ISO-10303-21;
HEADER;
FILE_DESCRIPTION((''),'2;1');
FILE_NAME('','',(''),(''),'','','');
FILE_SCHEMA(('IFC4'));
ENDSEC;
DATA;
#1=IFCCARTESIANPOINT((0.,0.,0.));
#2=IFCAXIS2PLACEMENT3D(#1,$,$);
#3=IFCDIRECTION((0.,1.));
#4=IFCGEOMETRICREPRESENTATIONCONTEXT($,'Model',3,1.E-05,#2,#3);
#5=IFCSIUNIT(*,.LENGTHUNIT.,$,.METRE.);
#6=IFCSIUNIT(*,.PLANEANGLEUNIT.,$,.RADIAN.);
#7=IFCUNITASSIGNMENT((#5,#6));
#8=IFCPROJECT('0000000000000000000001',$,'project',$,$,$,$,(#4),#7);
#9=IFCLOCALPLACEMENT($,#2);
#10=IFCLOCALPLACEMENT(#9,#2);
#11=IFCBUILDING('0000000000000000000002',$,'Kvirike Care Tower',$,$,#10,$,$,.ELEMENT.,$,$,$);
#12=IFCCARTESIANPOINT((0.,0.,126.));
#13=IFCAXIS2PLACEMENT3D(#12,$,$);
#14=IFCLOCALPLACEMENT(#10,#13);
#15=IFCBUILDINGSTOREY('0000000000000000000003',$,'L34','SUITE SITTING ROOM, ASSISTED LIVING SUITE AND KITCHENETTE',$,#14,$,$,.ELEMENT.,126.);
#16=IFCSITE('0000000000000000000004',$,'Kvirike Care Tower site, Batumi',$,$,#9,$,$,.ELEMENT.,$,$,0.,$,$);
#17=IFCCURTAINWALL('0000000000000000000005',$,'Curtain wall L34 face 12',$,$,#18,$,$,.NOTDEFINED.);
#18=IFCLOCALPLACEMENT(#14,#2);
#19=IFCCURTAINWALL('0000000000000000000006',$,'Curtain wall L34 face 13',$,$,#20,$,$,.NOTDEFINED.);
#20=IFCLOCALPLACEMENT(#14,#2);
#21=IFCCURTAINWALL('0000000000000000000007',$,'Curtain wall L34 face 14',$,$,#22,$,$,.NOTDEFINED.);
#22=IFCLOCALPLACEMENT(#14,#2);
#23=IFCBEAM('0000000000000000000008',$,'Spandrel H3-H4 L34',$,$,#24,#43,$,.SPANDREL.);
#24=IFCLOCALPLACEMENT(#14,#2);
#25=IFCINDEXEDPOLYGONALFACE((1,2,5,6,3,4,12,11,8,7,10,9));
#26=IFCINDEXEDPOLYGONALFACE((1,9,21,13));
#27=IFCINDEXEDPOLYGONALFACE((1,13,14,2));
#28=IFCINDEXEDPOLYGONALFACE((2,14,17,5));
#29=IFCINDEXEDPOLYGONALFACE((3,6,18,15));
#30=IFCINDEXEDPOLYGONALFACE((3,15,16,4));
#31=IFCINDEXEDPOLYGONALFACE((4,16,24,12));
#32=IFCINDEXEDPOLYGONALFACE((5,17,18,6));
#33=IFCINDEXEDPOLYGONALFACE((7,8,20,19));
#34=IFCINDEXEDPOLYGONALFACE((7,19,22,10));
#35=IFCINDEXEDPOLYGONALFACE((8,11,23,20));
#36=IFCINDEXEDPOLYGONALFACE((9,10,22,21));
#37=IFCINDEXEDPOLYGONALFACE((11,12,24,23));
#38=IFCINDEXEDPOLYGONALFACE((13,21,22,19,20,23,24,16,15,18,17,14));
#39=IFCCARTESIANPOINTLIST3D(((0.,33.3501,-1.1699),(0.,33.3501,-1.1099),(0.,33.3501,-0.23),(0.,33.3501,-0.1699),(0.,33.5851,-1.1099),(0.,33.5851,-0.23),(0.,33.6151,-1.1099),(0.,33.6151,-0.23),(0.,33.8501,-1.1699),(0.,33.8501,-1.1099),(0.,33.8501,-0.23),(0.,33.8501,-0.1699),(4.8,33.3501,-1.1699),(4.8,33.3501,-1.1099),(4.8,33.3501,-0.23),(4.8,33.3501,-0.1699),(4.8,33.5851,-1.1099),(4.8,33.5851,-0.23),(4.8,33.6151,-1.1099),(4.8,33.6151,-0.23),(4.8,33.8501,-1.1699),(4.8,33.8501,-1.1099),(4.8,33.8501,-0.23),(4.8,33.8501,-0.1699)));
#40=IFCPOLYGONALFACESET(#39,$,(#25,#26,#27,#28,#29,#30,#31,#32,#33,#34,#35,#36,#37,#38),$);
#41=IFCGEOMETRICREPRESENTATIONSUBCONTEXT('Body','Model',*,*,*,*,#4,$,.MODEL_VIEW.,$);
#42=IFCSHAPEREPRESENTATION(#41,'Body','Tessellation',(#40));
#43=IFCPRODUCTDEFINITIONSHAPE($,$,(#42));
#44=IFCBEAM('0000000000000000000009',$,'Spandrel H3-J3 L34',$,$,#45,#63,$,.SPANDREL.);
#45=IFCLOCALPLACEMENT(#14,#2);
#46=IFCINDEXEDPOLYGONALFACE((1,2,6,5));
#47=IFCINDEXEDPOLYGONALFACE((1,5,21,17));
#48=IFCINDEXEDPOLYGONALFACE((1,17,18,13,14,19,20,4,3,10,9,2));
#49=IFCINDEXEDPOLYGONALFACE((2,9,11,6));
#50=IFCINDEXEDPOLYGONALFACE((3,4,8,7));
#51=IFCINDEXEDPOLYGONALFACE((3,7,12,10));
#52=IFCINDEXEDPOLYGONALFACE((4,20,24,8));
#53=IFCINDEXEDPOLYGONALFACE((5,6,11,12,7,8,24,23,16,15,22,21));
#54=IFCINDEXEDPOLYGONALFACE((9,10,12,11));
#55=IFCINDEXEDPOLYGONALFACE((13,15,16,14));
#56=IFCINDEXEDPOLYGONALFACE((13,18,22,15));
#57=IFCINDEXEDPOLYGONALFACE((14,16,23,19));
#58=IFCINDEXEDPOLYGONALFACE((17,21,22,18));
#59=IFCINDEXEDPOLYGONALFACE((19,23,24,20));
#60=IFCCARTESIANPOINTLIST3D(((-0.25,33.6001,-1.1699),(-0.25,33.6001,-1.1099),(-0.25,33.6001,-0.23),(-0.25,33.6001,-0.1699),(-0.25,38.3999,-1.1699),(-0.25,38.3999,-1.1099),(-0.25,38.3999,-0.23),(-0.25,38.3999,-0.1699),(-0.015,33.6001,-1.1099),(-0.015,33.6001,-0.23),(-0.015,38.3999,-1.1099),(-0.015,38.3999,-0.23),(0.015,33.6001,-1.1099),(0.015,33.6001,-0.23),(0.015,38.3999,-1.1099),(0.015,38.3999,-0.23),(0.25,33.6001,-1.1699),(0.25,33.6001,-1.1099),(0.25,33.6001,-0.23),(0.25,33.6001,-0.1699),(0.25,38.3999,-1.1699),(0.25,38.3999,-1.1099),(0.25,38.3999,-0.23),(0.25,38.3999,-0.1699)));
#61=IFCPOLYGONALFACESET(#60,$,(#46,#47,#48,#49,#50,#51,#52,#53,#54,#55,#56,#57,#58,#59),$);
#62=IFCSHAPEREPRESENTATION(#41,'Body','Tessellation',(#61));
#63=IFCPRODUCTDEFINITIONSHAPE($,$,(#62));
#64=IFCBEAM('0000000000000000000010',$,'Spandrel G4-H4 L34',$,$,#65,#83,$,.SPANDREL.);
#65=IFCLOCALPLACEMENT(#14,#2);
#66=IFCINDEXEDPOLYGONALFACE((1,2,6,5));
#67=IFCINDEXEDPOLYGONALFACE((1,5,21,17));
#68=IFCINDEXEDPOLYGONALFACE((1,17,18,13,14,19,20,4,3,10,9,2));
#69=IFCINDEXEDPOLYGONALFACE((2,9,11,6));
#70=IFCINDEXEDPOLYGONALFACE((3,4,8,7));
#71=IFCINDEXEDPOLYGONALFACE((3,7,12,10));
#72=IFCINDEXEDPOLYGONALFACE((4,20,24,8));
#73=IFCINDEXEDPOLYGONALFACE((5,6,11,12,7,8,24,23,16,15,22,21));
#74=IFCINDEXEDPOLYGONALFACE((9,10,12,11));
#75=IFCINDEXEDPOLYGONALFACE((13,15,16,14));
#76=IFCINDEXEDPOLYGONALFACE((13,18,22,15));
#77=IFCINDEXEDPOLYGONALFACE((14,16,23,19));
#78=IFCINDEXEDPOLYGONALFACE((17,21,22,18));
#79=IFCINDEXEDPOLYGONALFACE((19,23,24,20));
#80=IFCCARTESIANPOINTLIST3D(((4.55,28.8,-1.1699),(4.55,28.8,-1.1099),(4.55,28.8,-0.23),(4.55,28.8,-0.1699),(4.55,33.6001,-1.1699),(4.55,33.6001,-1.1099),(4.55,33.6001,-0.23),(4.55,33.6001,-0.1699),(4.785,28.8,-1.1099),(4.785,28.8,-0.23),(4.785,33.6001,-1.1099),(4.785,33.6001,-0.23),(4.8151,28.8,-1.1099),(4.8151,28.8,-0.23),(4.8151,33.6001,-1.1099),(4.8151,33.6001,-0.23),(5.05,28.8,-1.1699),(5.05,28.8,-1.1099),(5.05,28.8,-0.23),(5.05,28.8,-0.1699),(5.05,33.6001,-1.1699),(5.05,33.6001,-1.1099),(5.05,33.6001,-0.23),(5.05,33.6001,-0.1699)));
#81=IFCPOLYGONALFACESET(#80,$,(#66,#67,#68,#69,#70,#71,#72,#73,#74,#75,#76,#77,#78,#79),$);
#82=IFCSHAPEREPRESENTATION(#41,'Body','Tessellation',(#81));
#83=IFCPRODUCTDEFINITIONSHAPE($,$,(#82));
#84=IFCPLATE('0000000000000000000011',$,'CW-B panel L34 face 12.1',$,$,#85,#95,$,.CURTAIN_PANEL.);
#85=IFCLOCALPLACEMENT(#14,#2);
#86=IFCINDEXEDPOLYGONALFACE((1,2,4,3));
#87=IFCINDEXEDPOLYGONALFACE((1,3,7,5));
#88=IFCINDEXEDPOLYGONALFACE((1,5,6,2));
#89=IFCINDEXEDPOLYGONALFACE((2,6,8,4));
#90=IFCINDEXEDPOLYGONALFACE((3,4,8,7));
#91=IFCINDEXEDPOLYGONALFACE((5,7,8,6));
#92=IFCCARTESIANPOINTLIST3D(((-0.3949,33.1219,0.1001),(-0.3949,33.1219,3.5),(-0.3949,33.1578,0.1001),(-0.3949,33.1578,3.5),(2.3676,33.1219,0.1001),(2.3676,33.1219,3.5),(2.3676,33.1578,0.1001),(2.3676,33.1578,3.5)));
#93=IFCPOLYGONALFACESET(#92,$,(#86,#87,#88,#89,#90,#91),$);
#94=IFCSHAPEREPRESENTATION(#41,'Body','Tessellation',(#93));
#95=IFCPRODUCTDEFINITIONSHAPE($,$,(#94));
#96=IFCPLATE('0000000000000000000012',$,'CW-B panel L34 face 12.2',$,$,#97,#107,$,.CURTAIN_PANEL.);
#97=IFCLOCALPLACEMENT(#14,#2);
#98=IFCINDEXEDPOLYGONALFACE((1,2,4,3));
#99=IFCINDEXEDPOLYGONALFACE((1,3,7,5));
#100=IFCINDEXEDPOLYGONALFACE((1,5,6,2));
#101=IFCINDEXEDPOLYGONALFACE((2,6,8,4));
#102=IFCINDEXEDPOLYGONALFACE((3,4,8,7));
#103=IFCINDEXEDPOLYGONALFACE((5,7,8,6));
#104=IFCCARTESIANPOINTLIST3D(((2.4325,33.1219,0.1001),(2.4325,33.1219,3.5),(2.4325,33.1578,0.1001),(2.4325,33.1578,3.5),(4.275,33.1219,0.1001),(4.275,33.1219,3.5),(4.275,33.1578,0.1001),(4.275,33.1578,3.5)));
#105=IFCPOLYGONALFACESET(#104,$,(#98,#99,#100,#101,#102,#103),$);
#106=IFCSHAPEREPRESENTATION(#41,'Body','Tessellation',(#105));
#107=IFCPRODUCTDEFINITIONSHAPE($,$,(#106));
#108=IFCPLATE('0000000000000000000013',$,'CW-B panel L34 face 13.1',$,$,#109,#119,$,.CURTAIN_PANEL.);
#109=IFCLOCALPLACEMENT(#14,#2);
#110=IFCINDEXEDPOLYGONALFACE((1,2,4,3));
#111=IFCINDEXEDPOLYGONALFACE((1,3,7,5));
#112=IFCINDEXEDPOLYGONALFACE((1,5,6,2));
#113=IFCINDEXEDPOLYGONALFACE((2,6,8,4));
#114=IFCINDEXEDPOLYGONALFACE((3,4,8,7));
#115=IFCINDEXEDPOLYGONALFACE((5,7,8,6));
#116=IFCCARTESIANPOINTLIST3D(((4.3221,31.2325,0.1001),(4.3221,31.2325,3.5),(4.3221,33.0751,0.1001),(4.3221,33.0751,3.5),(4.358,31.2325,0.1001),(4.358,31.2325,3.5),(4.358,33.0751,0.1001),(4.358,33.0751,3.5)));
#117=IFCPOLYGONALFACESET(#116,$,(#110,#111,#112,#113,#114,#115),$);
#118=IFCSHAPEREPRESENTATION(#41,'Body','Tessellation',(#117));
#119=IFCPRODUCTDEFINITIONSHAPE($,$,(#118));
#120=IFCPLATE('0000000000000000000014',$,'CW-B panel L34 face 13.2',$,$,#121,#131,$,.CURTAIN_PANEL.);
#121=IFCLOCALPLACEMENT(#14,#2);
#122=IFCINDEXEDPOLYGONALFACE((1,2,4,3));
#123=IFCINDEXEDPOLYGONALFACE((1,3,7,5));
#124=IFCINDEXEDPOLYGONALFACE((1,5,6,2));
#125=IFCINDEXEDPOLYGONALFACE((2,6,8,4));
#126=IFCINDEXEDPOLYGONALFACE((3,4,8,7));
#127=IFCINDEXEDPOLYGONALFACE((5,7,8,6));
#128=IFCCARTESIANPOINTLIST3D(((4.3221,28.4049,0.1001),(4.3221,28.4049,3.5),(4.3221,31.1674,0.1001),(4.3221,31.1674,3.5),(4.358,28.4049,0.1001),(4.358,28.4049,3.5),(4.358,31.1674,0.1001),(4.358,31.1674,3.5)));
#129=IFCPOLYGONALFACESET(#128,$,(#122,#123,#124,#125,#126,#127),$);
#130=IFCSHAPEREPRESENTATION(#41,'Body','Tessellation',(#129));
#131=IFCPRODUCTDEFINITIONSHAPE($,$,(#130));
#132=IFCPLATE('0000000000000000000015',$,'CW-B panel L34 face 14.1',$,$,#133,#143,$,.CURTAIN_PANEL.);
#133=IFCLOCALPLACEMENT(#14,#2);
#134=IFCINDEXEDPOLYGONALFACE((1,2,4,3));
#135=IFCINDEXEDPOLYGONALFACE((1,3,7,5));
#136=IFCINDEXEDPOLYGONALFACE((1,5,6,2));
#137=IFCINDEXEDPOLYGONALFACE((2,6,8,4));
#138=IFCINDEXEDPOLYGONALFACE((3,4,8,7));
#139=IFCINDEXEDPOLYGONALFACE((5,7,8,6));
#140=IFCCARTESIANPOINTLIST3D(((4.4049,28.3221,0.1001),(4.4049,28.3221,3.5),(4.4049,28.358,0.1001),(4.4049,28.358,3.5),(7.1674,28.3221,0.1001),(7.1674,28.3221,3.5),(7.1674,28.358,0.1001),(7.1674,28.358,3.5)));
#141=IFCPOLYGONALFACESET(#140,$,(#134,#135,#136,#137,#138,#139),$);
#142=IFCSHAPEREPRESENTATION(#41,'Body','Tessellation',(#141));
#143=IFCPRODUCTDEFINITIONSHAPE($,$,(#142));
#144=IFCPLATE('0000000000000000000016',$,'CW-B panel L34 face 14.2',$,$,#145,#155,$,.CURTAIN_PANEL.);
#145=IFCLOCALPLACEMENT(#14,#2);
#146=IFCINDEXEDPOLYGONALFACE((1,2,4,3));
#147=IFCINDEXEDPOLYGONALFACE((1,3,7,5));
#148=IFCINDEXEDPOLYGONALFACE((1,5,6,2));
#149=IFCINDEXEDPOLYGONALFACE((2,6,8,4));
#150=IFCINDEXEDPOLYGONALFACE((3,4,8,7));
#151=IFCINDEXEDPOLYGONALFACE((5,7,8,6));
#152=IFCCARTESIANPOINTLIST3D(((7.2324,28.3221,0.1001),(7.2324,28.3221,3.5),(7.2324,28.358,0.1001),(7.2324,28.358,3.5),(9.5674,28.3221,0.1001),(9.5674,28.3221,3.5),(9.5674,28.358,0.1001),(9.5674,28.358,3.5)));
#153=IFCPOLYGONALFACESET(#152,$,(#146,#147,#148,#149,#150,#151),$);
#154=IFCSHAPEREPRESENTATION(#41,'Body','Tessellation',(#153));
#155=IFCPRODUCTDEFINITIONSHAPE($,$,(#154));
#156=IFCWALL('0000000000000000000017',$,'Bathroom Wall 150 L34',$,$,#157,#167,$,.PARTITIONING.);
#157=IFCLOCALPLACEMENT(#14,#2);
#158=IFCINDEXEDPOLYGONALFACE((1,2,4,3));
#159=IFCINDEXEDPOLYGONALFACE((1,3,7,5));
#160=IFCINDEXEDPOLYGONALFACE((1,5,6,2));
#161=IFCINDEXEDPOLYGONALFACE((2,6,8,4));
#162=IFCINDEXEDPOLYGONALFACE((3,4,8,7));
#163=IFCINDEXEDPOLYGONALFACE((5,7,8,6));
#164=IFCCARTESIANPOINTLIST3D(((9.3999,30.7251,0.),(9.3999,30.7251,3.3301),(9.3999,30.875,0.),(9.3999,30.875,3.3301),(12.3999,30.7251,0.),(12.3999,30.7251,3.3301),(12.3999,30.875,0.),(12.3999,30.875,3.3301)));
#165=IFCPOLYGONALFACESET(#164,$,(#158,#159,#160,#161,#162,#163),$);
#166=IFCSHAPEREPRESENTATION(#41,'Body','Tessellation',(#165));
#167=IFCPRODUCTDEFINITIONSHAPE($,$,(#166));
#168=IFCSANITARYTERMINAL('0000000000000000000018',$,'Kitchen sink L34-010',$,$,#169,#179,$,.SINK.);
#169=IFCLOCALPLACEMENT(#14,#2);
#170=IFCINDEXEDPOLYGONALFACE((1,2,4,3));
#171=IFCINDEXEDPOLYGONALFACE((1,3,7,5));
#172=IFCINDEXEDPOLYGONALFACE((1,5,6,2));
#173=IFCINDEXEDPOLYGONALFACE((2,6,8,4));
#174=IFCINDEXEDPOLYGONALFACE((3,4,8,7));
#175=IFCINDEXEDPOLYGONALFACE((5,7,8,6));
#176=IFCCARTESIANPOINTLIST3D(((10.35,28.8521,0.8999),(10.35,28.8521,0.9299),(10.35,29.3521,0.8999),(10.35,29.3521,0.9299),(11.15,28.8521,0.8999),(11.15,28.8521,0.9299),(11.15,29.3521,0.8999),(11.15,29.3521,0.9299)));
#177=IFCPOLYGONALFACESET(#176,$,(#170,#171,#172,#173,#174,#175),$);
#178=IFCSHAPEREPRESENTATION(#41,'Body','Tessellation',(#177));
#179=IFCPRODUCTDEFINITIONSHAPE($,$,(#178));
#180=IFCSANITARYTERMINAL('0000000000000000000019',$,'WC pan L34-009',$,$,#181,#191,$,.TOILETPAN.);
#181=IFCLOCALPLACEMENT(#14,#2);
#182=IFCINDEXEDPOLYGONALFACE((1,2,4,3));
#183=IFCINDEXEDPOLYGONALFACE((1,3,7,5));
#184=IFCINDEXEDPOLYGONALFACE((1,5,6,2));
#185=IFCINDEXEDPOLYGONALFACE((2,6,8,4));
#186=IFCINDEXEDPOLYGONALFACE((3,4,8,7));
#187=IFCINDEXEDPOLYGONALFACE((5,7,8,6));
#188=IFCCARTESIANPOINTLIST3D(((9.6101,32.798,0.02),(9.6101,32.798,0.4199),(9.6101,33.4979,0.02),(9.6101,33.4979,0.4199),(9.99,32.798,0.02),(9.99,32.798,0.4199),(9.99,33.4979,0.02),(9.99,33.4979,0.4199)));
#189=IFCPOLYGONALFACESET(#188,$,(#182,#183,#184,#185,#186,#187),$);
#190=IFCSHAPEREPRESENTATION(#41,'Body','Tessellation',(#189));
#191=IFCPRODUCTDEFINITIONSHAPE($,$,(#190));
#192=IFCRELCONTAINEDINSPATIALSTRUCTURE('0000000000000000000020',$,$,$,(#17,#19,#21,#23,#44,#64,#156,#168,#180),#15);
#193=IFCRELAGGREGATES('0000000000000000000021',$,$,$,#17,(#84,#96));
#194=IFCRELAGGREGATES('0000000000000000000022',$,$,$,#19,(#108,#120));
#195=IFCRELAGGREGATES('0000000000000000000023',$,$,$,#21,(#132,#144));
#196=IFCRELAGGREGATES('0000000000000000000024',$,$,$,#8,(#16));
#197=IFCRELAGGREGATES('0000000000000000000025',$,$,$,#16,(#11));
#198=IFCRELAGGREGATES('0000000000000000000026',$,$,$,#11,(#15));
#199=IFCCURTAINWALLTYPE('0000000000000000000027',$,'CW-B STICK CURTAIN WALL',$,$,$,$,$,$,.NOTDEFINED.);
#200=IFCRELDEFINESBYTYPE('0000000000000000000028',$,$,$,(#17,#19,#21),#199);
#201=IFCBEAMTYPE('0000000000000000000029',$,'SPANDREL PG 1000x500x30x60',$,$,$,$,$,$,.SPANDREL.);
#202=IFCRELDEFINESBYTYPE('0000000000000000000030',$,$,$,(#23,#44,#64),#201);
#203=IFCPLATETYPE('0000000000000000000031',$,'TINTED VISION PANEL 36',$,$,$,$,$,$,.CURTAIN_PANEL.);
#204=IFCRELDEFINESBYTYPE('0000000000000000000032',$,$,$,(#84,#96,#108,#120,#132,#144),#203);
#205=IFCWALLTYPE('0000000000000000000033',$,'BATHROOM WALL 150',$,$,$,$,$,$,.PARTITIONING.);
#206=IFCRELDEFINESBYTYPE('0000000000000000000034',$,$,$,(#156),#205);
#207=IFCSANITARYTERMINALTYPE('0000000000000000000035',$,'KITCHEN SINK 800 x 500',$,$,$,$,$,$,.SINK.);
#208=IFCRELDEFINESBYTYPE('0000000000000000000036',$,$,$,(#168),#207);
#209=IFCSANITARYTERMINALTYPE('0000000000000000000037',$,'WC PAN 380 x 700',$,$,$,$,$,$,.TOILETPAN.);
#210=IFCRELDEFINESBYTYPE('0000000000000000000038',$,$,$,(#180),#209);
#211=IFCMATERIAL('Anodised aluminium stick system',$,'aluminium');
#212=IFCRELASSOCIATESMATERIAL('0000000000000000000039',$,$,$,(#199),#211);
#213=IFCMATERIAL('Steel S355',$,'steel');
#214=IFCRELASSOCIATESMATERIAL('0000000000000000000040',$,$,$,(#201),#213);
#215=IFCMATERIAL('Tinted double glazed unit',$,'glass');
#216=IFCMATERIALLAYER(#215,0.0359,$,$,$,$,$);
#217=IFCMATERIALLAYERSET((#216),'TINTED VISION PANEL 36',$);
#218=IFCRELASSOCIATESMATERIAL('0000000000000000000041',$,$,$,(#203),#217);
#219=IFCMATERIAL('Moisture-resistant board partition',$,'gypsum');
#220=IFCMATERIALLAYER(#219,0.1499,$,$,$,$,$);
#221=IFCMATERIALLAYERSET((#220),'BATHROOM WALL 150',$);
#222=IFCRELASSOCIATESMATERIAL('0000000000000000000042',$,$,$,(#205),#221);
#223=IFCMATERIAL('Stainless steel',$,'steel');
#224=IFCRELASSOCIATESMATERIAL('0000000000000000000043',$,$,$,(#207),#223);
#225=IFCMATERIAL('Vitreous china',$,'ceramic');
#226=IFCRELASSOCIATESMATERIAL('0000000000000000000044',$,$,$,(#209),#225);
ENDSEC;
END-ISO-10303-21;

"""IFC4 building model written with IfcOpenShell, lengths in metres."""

from ifc_helpers import new_model, si_unit, direction, frame, frame_2d, origin, origin_2d, place, context, subcontext, project, spatial, rectangle, i_section, extrude, material, layer, layer_set, material_profile, profile_set, type_object, element, aggregate, save


model = new_model("IFC4")

# Units and contexts
model_context = context("Model", 3, precision=1e-05, world=origin(), true_north=direction((0.0, 1.0)))
body_context = subcontext(model_context, "Body", "Model", "MODEL_VIEW")
ifc_project = project(units=[si_unit("LENGTHUNIT", "METRE"), si_unit("PLANEANGLEUNIT", "RADIAN")], contexts=[model_context])

# Site, building, storey
site_placement = place(None, origin())
site = spatial("IfcSite", under=ifc_project, at=site_placement, Name="Kvirike Care Tower site, Batumi", CompositionType="ELEMENT", RefElevation=0.0)
building_placement = place(site_placement, origin())
building = spatial("IfcBuilding", under=site, at=building_placement, Name="Kvirike Care Tower", CompositionType="ELEMENT")
storey_placement = place(building_placement, frame((0.0, 0.0, 126.0)))
storey = spatial("IfcBuildingStorey", under=building, at=storey_placement, Name="L34", Description="SUITE SITTING ROOM, ASSISTED LIVING SUITE AND KITCHENETTE", CompositionType="ELEMENT", Elevation=126.0)

# Shared definitions
ifc_material_1 = material(Name="Anodised aluminium stick system", Category="aluminium")
curtain_wall_type = type_object("IfcCurtainWallType", Name="CW-B STICK CURTAIN WALL", PredefinedType="NOTDEFINED", material=ifc_material_1)

# Curtain walls
curtain_wall_1_placement = place(storey_placement, origin())
curtain_wall_1 = element("IfcCurtainWall", 1, at=curtain_wall_1_placement, inside=storey, type_object=curtain_wall_type, Name="Curtain wall L34 face 12", PredefinedType="NOTDEFINED")
curtain_wall_2_placement = place(storey_placement, origin())
curtain_wall_2 = element("IfcCurtainWall", 2, at=curtain_wall_2_placement, inside=storey, type_object=curtain_wall_type, Name="Curtain wall L34 face 13", PredefinedType="NOTDEFINED")
curtain_wall_3_placement = place(storey_placement, origin())
curtain_wall_3 = element("IfcCurtainWall", 3, at=curtain_wall_3_placement, inside=storey, type_object=curtain_wall_type, Name="Curtain wall L34 face 14", PredefinedType="NOTDEFINED")

# Beams
ifc_material_2 = material(Name="Steel S355", Category="steel")
ifc_material_profile_1 = material_profile(ifc_material_2, i_section(OverallWidth=0.5, OverallDepth=1.0, WebThickness=0.03, FlangeThickness=0.0601, at=origin_2d()), Name="PG 1000x500x30x60")
ifc_profile_set_1 = profile_set([ifc_material_profile_1], Name="Steel S355")
beam_type_1 = type_object("IfcBeamType", Name="SPANDREL PG 1000x500x30x60", PredefinedType="SPANDREL", material=ifc_profile_set_1)
beam_1_placement = place(storey_placement, frame((0.0, 33.6001, -0.6699), z_axis=(1.0, 0.0, 0.0), x_axis=(0.0, 1.0, 0.0)))
element("IfcBeam", 4, at=beam_1_placement, inside=storey, type_object=beam_type_1, Name="Spandrel H3-H4 L34", PredefinedType="SPANDREL", context=body_context, shape_type="SweptSolid", body=[
    extrude(i_section(OverallWidth=0.5, OverallDepth=1.0, WebThickness=0.03, FlangeThickness=0.0601, at=origin_2d()), origin(), (0.0, 0.0, 1.0), 4.8),
])
beam_2_placement = place(storey_placement, frame((0.0, 33.6001, -0.6699), z_axis=(0.0, 1.0, 0.0), x_axis=(-1.0, 0.0, 0.0)))
element("IfcBeam", 5, at=beam_2_placement, inside=storey, type_object=beam_type_1, Name="Spandrel H3-J3 L34", PredefinedType="SPANDREL", context=body_context, shape_type="SweptSolid", body=[
    extrude(i_section(OverallWidth=0.5, OverallDepth=1.0, WebThickness=0.03, FlangeThickness=0.0601, at=origin_2d()), origin(), (0.0, 0.0, 1.0), 4.7998),
])
beam_3_placement = place(storey_placement, frame((4.8, 28.8, -0.6699), z_axis=(0.0, 1.0, 0.0), x_axis=(-1.0, 0.0, 0.0)))
element("IfcBeam", 6, at=beam_3_placement, inside=storey, type_object=beam_type_1, Name="Spandrel G4-H4 L34", PredefinedType="SPANDREL", context=body_context, shape_type="SweptSolid", body=[
    extrude(i_section(OverallWidth=0.5, OverallDepth=1.0, WebThickness=0.03, FlangeThickness=0.0601, at=origin_2d()), origin(), (0.0, 0.0, 1.0), 4.8),
])

# Plates
ifc_material_3 = material(Name="Tinted double glazed unit", Category="glass")
ifc_layer_1 = layer(ifc_material_3, 0.0359)
ifc_layer_set_1 = layer_set([ifc_layer_1], Name="TINTED VISION PANEL 36")
plate_type = type_object("IfcPlateType", Name="TINTED VISION PANEL 36", PredefinedType="CURTAIN_PANEL", material=ifc_layer_set_1)
plate_1_placement = place(storey_placement, frame((0.9863, 33.1399, 0.1001), z_axis=(0.0, 0.0, 1.0), x_axis=(1.0, 0.0, 0.0)))
plate_1 = element("IfcPlate", 7, at=plate_1_placement, type_object=plate_type, Name="CW-B panel L34 face 12.1", PredefinedType="CURTAIN_PANEL", context=body_context, shape_type="SweptSolid", body=[
    extrude(rectangle(XDim=2.7625, YDim=0.0359, at=origin_2d()), origin(), (0.0, 0.0, 1.0), 3.3999),
])
plate_2_placement = place(storey_placement, frame((3.3538, 33.1399, 0.1001), z_axis=(0.0, 0.0, 1.0), x_axis=(1.0, 0.0, 0.0)))
plate_2 = element("IfcPlate", 8, at=plate_2_placement, type_object=plate_type, Name="CW-B panel L34 face 12.2", PredefinedType="CURTAIN_PANEL", context=body_context, shape_type="SweptSolid", body=[
    extrude(rectangle(XDim=1.8425, YDim=0.0359, at=origin_2d()), origin(), (0.0, 0.0, 1.0), 3.3999),
])
aggregate(curtain_wall_1, [plate_1, plate_2])
plate_3_placement = place(storey_placement, frame((4.3401, 32.1538, 0.1001), z_axis=(0.0, 0.0, 1.0), x_axis=(0.0, -1.0, 0.0)))
plate_3 = element("IfcPlate", 9, at=plate_3_placement, type_object=plate_type, Name="CW-B panel L34 face 13.1", PredefinedType="CURTAIN_PANEL", context=body_context, shape_type="SweptSolid", body=[
    extrude(rectangle(XDim=1.8425, YDim=0.0359, at=origin_2d()), origin(), (0.0, 0.0, 1.0), 3.3999),
])
plate_4_placement = place(storey_placement, frame((4.3401, 29.7861, 0.1001), z_axis=(0.0, 0.0, 1.0), x_axis=(0.0, -1.0, 0.0)))
plate_4 = element("IfcPlate", 10, at=plate_4_placement, type_object=plate_type, Name="CW-B panel L34 face 13.2", PredefinedType="CURTAIN_PANEL", context=body_context, shape_type="SweptSolid", body=[
    extrude(rectangle(XDim=2.7625, YDim=0.0359, at=origin_2d()), origin(), (0.0, 0.0, 1.0), 3.3999),
])
aggregate(curtain_wall_2, [plate_3, plate_4])
plate_5_placement = place(storey_placement, frame((5.7861, 28.3401, 0.1001), z_axis=(0.0, 0.0, 1.0), x_axis=(1.0, 0.0, 0.0)))
plate_5 = element("IfcPlate", 11, at=plate_5_placement, type_object=plate_type, Name="CW-B panel L34 face 14.1", PredefinedType="CURTAIN_PANEL", context=body_context, shape_type="SweptSolid", body=[
    extrude(rectangle(XDim=2.7625, YDim=0.0359, at=origin_2d()), origin(), (0.0, 0.0, 1.0), 3.3999),
])
plate_6_placement = place(storey_placement, frame((8.3999, 28.3401, 0.1001), z_axis=(0.0, 0.0, 1.0), x_axis=(1.0, 0.0, 0.0)))
plate_6 = element("IfcPlate", 12, at=plate_6_placement, type_object=plate_type, Name="CW-B panel L34 face 14.2", PredefinedType="CURTAIN_PANEL", context=body_context, shape_type="SweptSolid", body=[
    extrude(rectangle(XDim=2.335, YDim=0.0359, at=origin_2d()), origin(), (0.0, 0.0, 1.0), 3.3999),
])
aggregate(curtain_wall_3, [plate_5, plate_6])

# Wall
ifc_material_4 = material(Name="Moisture-resistant board partition", Category="gypsum")
ifc_layer_2 = layer(ifc_material_4, 0.1499)
ifc_layer_set_2 = layer_set([ifc_layer_2], Name="BATHROOM WALL 150")
wall_type = type_object("IfcWallType", Name="BATHROOM WALL 150", PredefinedType="PARTITIONING", material=ifc_layer_set_2)
wall_placement = place(storey_placement, frame((9.3999, 30.8, 0.0), z_axis=(0.0, 0.0, 1.0), x_axis=(1.0, 0.0, 0.0)))
element("IfcWall", 13, at=wall_placement, inside=storey, type_object=wall_type, Name="Bathroom Wall 150 L34", PredefinedType="PARTITIONING", context=body_context, shape_type="SweptSolid", body=[
    extrude(rectangle(XDim=3.0, YDim=0.1499, at=frame_2d((1.5, 0.0))), origin(), (0.0, 0.0, 1.0), 3.3301),
])

# Sanitary terminals
ifc_material_5 = material(Name="Stainless steel", Category="steel")
sanitary_terminal_type_1 = type_object("IfcSanitaryTerminalType", Name="KITCHEN SINK 800 x 500", PredefinedType="SINK", material=ifc_material_5)
sanitary_terminal_1_placement = place(storey_placement, frame((10.75, 29.1021, 0.8999), z_axis=(0.0, 0.0, 1.0), x_axis=(-1.0, 0.0, 0.0)))
element("IfcSanitaryTerminal", 14, at=sanitary_terminal_1_placement, inside=storey, type_object=sanitary_terminal_type_1, Name="Kitchen sink L34-010", PredefinedType="SINK", context=body_context, shape_type="SweptSolid", body=[
    extrude(rectangle(XDim=0.8, YDim=0.5, at=origin_2d()), origin(), (0.0, 0.0, 1.0), 0.03),
])
ifc_material_6 = material(Name="Vitreous china", Category="ceramic")
sanitary_terminal_type_2 = type_object("IfcSanitaryTerminalType", Name="WC PAN 380 x 700", PredefinedType="TOILETPAN", material=ifc_material_6)
sanitary_terminal_2_placement = place(storey_placement, frame((9.8, 33.1479, 0.02), z_axis=(0.0, 0.0, 1.0), x_axis=(1.0, 0.0, 0.0)))
element("IfcSanitaryTerminal", 15, at=sanitary_terminal_2_placement, inside=storey, type_object=sanitary_terminal_type_2, Name="WC pan L34-009", PredefinedType="TOILETPAN", context=body_context, shape_type="SweptSolid", body=[
    extrude(rectangle(XDim=0.3799, YDim=0.7, at=origin_2d()), origin(), (0.0, 0.0, 1.0), 0.3999),
])

save(model, "model.ifc")
